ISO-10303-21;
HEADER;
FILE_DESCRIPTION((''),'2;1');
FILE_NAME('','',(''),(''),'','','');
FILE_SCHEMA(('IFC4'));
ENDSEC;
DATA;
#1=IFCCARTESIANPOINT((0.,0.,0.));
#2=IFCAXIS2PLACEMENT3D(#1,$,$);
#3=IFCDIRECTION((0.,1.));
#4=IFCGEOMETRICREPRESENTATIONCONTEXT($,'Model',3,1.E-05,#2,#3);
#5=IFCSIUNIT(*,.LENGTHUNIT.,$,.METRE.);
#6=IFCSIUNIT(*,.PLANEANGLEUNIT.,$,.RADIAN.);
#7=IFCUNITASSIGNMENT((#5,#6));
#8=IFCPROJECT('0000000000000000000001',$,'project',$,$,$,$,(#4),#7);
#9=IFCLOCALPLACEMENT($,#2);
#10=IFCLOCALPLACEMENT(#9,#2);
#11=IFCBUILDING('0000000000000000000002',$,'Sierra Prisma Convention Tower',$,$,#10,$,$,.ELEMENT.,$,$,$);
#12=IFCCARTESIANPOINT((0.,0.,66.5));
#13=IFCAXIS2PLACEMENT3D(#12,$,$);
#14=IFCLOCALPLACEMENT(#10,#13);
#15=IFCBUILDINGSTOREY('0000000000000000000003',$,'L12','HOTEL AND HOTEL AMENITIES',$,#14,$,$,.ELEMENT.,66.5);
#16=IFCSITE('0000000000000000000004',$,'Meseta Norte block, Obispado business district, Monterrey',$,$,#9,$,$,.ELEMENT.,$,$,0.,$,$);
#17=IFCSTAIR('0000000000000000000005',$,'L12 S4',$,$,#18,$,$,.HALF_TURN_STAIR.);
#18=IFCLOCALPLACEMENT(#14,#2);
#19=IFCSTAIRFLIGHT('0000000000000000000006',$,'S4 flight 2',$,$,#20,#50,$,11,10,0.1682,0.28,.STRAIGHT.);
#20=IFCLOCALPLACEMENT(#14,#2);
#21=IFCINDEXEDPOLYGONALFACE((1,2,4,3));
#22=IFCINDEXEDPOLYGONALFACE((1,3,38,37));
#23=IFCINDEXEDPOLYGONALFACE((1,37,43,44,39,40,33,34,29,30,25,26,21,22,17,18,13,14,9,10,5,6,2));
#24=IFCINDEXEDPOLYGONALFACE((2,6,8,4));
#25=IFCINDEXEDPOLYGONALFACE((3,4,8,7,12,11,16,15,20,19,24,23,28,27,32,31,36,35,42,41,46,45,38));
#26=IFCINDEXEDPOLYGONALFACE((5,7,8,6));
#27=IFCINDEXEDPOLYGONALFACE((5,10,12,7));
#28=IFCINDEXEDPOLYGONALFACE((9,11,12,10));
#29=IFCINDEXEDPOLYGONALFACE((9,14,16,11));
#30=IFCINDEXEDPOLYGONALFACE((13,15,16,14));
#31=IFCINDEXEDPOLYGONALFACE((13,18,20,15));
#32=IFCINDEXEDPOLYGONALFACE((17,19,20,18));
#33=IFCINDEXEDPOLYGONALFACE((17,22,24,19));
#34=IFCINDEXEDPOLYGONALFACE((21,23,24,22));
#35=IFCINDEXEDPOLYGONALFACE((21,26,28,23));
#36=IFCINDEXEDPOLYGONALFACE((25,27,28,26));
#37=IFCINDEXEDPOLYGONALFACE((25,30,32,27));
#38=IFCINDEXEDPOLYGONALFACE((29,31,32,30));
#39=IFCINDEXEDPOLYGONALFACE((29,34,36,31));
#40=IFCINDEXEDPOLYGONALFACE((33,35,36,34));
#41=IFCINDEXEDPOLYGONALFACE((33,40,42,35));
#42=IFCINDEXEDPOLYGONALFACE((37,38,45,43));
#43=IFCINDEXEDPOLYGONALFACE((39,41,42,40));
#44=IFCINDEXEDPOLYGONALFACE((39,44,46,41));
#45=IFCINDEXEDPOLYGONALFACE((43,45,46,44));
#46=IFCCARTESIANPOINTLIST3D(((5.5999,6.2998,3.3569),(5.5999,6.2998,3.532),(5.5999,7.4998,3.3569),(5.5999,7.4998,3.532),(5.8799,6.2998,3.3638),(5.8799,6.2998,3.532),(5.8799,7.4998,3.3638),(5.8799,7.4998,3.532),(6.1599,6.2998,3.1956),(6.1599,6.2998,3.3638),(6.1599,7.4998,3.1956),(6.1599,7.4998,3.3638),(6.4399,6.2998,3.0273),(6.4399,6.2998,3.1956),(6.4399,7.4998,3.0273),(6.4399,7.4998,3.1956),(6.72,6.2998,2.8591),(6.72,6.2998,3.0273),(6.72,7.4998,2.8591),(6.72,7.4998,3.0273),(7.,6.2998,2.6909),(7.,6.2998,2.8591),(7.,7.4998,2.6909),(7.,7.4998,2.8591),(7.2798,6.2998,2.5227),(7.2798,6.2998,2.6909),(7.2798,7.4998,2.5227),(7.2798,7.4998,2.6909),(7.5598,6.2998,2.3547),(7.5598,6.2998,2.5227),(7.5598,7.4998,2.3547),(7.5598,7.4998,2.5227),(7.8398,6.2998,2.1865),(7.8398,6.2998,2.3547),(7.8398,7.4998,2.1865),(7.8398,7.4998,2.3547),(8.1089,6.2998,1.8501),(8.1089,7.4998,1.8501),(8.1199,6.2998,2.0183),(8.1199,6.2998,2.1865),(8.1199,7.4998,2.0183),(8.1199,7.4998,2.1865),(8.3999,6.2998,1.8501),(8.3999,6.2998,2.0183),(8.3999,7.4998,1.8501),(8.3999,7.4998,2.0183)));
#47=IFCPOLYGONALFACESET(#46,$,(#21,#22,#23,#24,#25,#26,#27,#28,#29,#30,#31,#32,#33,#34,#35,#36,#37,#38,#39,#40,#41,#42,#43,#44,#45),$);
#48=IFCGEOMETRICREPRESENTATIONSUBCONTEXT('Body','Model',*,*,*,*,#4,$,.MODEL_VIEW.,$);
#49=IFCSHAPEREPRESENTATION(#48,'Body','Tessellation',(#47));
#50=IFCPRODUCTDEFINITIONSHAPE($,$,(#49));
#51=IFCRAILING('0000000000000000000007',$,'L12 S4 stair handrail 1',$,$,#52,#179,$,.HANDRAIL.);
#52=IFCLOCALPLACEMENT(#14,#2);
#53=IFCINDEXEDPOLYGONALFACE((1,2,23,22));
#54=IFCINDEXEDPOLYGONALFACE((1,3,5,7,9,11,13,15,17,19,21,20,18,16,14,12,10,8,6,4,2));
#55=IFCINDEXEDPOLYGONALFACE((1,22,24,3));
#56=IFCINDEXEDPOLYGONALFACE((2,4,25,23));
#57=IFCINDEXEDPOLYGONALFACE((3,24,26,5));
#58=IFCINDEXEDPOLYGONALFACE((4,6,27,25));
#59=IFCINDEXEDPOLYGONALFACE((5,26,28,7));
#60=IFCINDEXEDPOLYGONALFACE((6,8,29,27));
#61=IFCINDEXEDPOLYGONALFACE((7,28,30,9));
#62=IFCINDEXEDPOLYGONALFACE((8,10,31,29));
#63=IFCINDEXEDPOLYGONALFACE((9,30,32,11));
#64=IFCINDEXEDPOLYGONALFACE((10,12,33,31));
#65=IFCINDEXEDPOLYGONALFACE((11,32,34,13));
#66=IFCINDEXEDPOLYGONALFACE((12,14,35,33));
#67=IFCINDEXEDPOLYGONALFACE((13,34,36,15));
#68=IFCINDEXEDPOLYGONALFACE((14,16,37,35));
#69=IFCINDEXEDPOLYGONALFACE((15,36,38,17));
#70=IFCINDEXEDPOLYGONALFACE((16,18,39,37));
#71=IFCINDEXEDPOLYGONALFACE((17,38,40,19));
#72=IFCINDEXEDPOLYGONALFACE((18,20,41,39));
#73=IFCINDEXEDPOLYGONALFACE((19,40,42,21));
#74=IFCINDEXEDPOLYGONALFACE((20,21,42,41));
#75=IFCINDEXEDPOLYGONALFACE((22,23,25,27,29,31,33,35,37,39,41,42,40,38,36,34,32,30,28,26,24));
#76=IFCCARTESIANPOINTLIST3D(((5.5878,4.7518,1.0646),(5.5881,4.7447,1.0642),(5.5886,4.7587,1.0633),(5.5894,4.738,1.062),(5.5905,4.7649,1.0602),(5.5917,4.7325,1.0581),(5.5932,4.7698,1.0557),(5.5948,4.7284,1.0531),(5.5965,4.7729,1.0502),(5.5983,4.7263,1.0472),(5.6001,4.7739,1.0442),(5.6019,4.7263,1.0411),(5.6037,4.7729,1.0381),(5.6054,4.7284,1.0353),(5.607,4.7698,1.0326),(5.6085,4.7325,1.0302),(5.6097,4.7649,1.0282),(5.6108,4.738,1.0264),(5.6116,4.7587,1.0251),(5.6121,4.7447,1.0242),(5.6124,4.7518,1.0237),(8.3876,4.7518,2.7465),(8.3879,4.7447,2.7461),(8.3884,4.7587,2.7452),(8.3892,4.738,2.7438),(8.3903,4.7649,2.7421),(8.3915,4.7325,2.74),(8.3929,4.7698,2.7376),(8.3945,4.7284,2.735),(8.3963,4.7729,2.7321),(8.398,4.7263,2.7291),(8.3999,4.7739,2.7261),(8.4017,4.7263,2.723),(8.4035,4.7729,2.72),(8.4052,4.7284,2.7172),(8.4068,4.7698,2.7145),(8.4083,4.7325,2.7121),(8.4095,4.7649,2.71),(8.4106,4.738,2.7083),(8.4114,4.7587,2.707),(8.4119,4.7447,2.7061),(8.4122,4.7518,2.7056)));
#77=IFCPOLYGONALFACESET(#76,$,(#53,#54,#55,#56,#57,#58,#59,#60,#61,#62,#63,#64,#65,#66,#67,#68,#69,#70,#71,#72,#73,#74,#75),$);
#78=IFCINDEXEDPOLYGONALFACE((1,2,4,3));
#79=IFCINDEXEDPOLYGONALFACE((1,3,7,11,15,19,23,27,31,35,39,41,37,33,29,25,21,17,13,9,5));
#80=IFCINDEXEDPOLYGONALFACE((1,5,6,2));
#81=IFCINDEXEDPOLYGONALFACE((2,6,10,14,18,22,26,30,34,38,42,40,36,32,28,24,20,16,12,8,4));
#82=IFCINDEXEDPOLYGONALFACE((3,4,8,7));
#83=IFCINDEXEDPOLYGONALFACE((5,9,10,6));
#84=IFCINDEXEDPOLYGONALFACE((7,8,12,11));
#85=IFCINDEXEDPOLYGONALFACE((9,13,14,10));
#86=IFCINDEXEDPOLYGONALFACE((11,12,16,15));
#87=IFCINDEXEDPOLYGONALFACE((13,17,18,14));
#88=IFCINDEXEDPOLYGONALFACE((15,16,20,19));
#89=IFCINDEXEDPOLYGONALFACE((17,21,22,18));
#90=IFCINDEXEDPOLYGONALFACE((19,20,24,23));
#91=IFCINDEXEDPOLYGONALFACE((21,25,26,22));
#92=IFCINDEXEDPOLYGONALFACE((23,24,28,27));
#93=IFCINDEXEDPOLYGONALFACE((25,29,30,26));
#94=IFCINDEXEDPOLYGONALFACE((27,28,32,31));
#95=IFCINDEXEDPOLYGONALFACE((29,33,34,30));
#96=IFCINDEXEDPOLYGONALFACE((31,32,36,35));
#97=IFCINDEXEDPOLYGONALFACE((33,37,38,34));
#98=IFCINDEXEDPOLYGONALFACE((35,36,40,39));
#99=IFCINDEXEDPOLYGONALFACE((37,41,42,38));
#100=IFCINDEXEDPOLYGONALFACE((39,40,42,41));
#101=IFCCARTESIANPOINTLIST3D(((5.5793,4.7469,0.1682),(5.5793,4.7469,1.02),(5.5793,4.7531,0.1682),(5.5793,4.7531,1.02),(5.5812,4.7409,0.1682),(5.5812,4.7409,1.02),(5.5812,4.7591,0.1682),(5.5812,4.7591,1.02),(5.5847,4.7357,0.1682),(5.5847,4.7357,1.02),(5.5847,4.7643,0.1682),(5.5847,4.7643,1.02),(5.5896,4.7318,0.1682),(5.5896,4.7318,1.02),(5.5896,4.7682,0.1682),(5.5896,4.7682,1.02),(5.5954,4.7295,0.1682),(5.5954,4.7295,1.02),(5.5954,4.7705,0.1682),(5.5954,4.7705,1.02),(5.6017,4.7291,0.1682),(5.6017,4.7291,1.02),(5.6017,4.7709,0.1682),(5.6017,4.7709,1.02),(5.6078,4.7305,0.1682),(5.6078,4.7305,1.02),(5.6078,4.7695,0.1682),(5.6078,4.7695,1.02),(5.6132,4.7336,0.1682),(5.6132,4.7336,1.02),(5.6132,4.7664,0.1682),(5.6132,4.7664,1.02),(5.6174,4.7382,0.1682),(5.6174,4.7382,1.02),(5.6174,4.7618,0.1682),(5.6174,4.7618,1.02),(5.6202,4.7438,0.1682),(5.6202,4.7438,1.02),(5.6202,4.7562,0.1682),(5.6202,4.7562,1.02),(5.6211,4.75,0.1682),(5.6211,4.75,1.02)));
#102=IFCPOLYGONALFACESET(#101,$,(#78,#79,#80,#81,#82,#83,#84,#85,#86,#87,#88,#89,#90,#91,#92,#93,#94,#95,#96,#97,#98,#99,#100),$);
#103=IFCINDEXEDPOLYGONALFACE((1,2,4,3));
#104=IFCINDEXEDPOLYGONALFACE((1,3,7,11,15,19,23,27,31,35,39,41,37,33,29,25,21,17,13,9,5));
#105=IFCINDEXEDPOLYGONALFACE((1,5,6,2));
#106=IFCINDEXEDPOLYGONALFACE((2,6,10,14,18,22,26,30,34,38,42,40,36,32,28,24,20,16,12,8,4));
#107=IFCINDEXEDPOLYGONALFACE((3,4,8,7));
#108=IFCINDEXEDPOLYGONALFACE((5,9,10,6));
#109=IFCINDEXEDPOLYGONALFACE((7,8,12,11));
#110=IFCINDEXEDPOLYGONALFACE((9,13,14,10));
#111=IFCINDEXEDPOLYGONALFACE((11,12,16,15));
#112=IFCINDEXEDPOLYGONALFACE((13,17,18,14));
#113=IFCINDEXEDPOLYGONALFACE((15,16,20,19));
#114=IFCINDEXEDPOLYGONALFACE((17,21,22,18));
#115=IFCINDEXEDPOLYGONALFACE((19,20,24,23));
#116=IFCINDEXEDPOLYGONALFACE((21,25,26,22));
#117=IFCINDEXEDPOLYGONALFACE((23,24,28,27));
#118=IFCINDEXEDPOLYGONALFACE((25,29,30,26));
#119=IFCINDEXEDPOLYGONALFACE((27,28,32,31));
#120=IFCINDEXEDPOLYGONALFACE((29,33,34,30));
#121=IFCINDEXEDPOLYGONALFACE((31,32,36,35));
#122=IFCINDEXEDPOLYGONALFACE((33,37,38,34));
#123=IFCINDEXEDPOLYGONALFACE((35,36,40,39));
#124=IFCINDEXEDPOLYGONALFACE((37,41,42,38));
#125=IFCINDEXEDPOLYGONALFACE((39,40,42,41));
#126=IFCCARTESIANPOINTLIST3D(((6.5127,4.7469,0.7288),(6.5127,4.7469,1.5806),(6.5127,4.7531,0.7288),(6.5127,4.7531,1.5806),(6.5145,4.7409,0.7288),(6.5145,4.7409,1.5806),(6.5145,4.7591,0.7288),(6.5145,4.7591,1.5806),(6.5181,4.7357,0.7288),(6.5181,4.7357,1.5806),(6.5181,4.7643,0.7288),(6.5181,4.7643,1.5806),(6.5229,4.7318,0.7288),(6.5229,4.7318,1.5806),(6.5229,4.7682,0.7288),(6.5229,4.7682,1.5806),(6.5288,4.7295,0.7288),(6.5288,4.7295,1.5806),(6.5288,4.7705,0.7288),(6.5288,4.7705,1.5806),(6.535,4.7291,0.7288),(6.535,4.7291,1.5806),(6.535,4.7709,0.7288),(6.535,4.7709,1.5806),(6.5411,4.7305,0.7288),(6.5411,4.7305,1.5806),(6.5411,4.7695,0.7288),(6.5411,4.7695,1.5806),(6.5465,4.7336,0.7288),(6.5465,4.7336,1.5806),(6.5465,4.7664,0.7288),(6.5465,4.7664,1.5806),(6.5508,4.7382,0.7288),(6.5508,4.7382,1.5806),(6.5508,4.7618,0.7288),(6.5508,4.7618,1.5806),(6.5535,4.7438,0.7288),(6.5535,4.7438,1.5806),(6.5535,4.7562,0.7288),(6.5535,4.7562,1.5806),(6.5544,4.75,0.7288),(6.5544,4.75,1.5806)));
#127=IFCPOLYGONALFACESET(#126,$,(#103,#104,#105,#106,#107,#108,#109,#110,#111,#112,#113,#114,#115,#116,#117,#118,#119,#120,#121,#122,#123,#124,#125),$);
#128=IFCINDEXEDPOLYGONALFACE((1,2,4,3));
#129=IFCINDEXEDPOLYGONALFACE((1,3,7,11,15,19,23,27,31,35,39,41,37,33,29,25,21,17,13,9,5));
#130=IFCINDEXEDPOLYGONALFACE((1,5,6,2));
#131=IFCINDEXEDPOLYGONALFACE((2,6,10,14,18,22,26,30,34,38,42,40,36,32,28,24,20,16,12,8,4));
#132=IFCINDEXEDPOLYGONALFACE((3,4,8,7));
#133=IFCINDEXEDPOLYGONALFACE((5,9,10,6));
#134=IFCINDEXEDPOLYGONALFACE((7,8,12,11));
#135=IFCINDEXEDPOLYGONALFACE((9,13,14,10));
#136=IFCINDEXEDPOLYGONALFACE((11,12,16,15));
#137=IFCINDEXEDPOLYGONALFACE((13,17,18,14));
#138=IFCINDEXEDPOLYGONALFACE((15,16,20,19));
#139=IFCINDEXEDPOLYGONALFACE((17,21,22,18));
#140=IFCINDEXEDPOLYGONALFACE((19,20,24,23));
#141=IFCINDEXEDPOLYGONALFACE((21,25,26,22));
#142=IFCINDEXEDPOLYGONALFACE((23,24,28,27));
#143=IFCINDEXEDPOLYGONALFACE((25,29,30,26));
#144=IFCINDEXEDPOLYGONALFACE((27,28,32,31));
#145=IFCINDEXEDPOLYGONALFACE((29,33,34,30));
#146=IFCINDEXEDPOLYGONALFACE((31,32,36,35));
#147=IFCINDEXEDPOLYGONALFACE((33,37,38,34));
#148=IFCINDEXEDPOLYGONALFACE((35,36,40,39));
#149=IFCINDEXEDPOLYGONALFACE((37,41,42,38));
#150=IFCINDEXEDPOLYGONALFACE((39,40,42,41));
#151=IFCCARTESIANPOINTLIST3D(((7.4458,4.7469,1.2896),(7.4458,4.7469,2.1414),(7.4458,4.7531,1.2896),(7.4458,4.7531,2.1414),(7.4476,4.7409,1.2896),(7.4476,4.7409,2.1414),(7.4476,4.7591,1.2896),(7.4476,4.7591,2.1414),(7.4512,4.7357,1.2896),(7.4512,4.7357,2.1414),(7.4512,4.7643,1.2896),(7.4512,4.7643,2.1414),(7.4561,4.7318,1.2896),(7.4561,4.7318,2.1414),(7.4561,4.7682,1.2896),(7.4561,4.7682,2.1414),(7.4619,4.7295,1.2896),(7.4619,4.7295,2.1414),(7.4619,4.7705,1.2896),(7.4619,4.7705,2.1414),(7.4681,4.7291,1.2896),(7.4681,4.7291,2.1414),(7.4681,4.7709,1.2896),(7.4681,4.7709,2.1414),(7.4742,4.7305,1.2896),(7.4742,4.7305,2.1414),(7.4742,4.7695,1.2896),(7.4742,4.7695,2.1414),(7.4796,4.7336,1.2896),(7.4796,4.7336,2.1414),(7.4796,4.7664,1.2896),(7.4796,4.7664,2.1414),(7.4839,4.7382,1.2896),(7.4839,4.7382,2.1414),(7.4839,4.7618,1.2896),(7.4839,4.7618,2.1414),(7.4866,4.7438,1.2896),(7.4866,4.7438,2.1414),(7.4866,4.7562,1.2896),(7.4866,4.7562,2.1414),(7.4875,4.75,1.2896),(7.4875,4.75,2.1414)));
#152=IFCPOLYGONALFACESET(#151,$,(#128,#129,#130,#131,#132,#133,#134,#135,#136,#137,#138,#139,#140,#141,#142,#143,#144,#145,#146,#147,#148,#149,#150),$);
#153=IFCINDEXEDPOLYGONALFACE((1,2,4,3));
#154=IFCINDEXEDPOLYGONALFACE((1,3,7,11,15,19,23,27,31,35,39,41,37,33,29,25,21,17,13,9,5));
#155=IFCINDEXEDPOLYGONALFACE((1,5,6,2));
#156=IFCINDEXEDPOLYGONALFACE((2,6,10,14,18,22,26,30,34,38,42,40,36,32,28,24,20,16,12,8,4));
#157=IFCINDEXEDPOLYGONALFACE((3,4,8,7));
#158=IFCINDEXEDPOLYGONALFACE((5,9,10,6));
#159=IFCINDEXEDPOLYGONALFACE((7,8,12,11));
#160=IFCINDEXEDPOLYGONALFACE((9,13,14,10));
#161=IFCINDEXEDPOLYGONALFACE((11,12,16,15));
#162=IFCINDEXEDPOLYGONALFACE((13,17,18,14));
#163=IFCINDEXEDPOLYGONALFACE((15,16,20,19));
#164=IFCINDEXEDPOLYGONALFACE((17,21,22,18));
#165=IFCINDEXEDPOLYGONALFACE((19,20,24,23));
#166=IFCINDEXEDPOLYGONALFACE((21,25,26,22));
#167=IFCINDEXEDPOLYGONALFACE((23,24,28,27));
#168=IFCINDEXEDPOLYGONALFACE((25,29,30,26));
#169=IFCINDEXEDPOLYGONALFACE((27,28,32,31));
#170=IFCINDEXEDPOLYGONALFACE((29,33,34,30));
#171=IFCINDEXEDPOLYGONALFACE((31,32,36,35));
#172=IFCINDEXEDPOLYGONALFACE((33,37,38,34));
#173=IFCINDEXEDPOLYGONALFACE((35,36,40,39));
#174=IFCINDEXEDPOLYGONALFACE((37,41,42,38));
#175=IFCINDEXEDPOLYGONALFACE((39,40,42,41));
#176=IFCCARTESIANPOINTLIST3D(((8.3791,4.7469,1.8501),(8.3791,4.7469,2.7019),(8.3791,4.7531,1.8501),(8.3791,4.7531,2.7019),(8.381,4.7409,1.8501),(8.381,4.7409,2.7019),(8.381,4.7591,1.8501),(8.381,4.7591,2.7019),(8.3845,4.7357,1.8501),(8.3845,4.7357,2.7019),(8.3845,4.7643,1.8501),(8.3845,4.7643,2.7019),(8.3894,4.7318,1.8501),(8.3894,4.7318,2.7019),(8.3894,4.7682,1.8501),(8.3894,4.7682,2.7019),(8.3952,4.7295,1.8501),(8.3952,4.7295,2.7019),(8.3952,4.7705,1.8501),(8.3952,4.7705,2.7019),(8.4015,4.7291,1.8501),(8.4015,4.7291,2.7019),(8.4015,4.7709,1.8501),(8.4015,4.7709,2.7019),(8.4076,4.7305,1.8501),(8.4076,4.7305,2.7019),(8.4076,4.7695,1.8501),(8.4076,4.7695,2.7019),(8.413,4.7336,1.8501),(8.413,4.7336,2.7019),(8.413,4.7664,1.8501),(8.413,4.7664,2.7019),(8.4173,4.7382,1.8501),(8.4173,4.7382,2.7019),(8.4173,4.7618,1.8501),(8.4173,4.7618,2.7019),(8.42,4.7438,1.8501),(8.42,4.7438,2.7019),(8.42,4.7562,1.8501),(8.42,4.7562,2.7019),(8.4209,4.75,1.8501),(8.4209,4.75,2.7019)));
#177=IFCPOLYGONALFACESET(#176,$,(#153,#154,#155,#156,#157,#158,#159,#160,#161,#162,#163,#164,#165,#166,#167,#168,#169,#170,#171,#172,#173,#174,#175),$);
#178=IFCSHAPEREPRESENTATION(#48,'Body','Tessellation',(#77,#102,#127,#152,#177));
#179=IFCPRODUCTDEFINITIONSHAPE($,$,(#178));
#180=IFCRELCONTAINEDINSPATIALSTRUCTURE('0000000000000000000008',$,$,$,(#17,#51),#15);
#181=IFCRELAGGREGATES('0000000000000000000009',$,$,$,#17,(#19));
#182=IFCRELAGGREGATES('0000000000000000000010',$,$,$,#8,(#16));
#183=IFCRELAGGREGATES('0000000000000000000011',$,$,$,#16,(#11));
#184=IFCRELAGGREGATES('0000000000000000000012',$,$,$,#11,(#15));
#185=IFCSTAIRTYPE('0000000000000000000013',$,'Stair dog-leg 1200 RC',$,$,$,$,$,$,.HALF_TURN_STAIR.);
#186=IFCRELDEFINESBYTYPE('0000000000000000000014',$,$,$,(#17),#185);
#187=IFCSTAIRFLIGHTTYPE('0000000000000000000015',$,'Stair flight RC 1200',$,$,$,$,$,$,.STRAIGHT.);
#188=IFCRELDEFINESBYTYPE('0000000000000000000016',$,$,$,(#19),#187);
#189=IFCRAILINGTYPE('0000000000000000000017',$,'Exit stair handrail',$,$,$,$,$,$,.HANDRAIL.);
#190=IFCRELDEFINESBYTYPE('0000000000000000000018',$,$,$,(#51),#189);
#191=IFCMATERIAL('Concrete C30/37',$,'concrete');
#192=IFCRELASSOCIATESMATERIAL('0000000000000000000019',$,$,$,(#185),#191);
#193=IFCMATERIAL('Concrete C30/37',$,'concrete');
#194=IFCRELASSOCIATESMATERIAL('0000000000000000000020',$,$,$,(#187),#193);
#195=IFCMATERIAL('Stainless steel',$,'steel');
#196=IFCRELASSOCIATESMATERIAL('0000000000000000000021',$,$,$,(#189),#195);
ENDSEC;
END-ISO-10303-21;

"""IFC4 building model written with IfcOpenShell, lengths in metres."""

from ifc_helpers import new_model, si_unit, direction, frame, origin, origin_2d, place, context, subcontext, project, spatial, polyline, circle, outline, extrude, material, type_object, element, aggregate, save


model = new_model("IFC4")

# Units and contexts
model_context = context("Model", 3, precision=1e-05, world=origin(), true_north=direction((0.0, 1.0)))
body_context = subcontext(model_context, "Body", "Model", "MODEL_VIEW")
ifc_project = project(units=[si_unit("LENGTHUNIT", "METRE"), si_unit("PLANEANGLEUNIT", "RADIAN")], contexts=[model_context])

# Site, building, storey
site_placement = place(None, origin())
site = spatial("IfcSite", under=ifc_project, at=site_placement, Name="Meseta Norte block, Obispado business district, Monterrey", CompositionType="ELEMENT", RefElevation=0.0)
building_placement = place(site_placement, origin())
building = spatial("IfcBuilding", under=site, at=building_placement, Name="Sierra Prisma Convention Tower", CompositionType="ELEMENT")
storey_placement = place(building_placement, frame((0.0, 0.0, 66.5)))
storey = spatial("IfcBuildingStorey", under=building, at=storey_placement, Name="L12", Description="HOTEL AND HOTEL AMENITIES", CompositionType="ELEMENT", Elevation=66.5)

# Stair, stair flight
ifc_material_1 = material(Name="Concrete C30/37", Category="concrete")
stair_type = type_object("IfcStairType", Name="Stair dog-leg 1200 RC", PredefinedType="HALF_TURN_STAIR", material=ifc_material_1)
stair_placement = place(storey_placement, origin())
stair = element("IfcStair", 1, at=stair_placement, inside=storey, type_object=stair_type, Name="L12 S4", PredefinedType="HALF_TURN_STAIR")
ifc_material_2 = material(Name="Concrete C30/37", Category="concrete")
stair_flight_type = type_object("IfcStairFlightType", Name="Stair flight RC 1200", PredefinedType="STRAIGHT", material=ifc_material_2)
stair_flight_1_placement = place(storey_placement, frame((8.3999, 6.8999, 1.8501), z_axis=(0.0, 0.0, 1.0), x_axis=(-1.0, 0.0, 0.0)))
stair_flight_1 = element("IfcStairFlight", 2, at=stair_flight_1_placement, type_object=stair_flight_type, Name="S4 flight 2", NumberOfRisers=11, NumberOfTreads=10, PredefinedType="STRAIGHT", RiserHeight=0.1682, TreadLength=0.28, context=body_context, shape_type="SweptSolid", body=[
    extrude(outline(polyline([(0.0, 0.0), (0.0, 0.1682), (0.28, 0.1682), (0.28, 0.3364), (0.5601, 0.3364), (0.5601, 0.5046), (0.8401, 0.5046), (0.8401, 0.6726), (1.1201, 0.6726), (1.1201, 0.8408), (1.3999, 0.8408), (1.3999, 1.009), (1.6799, 1.009), (1.6799, 1.1772), (1.96, 1.1772), (1.96, 1.3455), (2.24, 1.3455), (2.24, 1.5137), (2.52, 1.5137), (2.52, 1.6819), (2.8, 1.6819), (2.8, 1.8501), (2.8, 1.5068), (0.291, 0.0), (0.0, 0.0)])), frame((0.0, 0.6001, 0.0), z_axis=(0.0, -1.0, 0.0), x_axis=(1.0, 0.0, 0.0)), (0.0, 0.0, 1.0), 1.2),
])
aggregate(stair, [stair_flight_1])

# Railing
ifc_material_3 = material(Name="Stainless steel", Category="steel")
railing_type_1 = type_object("IfcRailingType", Name="Exit stair handrail", PredefinedType="HANDRAIL", material=ifc_material_3)
railing_1_placement = place(storey_placement, frame((5.6001, 4.75, 0.1682)))
element("IfcRailing", 3, at=railing_1_placement, inside=storey, type_object=railing_type_1, Name="L12 S4 stair handrail 1", PredefinedType="HANDRAIL", context=body_context, shape_type="SweptSolid", body=[
    extrude(circle(Radius=0.0239, at=origin_2d()), frame((0.0, 0.0, 0.876), z_axis=(0.857222, 0.0, 0.514946), x_axis=(0.0, 1.0, 0.0)), (0.0, 0.0, 1.0), 3.2661),
    extrude(circle(Radius=0.021, at=origin_2d()), origin(), (0.0, 0.0, 1.0), 0.8518),
    extrude(circle(Radius=0.021, at=origin_2d()), frame((0.9333, 0.0, 0.5605)), (0.0, 0.0, 1.0), 0.8518),
    extrude(circle(Radius=0.021, at=origin_2d()), frame((1.8665, 0.0, 1.1213)), (0.0, 0.0, 1.0), 0.8518),
    extrude(circle(Radius=0.021, at=origin_2d()), frame((2.7998, 0.0, 1.6819)), (0.0, 0.0, 1.0), 0.8518),
])

save(model, "model.ifc")
